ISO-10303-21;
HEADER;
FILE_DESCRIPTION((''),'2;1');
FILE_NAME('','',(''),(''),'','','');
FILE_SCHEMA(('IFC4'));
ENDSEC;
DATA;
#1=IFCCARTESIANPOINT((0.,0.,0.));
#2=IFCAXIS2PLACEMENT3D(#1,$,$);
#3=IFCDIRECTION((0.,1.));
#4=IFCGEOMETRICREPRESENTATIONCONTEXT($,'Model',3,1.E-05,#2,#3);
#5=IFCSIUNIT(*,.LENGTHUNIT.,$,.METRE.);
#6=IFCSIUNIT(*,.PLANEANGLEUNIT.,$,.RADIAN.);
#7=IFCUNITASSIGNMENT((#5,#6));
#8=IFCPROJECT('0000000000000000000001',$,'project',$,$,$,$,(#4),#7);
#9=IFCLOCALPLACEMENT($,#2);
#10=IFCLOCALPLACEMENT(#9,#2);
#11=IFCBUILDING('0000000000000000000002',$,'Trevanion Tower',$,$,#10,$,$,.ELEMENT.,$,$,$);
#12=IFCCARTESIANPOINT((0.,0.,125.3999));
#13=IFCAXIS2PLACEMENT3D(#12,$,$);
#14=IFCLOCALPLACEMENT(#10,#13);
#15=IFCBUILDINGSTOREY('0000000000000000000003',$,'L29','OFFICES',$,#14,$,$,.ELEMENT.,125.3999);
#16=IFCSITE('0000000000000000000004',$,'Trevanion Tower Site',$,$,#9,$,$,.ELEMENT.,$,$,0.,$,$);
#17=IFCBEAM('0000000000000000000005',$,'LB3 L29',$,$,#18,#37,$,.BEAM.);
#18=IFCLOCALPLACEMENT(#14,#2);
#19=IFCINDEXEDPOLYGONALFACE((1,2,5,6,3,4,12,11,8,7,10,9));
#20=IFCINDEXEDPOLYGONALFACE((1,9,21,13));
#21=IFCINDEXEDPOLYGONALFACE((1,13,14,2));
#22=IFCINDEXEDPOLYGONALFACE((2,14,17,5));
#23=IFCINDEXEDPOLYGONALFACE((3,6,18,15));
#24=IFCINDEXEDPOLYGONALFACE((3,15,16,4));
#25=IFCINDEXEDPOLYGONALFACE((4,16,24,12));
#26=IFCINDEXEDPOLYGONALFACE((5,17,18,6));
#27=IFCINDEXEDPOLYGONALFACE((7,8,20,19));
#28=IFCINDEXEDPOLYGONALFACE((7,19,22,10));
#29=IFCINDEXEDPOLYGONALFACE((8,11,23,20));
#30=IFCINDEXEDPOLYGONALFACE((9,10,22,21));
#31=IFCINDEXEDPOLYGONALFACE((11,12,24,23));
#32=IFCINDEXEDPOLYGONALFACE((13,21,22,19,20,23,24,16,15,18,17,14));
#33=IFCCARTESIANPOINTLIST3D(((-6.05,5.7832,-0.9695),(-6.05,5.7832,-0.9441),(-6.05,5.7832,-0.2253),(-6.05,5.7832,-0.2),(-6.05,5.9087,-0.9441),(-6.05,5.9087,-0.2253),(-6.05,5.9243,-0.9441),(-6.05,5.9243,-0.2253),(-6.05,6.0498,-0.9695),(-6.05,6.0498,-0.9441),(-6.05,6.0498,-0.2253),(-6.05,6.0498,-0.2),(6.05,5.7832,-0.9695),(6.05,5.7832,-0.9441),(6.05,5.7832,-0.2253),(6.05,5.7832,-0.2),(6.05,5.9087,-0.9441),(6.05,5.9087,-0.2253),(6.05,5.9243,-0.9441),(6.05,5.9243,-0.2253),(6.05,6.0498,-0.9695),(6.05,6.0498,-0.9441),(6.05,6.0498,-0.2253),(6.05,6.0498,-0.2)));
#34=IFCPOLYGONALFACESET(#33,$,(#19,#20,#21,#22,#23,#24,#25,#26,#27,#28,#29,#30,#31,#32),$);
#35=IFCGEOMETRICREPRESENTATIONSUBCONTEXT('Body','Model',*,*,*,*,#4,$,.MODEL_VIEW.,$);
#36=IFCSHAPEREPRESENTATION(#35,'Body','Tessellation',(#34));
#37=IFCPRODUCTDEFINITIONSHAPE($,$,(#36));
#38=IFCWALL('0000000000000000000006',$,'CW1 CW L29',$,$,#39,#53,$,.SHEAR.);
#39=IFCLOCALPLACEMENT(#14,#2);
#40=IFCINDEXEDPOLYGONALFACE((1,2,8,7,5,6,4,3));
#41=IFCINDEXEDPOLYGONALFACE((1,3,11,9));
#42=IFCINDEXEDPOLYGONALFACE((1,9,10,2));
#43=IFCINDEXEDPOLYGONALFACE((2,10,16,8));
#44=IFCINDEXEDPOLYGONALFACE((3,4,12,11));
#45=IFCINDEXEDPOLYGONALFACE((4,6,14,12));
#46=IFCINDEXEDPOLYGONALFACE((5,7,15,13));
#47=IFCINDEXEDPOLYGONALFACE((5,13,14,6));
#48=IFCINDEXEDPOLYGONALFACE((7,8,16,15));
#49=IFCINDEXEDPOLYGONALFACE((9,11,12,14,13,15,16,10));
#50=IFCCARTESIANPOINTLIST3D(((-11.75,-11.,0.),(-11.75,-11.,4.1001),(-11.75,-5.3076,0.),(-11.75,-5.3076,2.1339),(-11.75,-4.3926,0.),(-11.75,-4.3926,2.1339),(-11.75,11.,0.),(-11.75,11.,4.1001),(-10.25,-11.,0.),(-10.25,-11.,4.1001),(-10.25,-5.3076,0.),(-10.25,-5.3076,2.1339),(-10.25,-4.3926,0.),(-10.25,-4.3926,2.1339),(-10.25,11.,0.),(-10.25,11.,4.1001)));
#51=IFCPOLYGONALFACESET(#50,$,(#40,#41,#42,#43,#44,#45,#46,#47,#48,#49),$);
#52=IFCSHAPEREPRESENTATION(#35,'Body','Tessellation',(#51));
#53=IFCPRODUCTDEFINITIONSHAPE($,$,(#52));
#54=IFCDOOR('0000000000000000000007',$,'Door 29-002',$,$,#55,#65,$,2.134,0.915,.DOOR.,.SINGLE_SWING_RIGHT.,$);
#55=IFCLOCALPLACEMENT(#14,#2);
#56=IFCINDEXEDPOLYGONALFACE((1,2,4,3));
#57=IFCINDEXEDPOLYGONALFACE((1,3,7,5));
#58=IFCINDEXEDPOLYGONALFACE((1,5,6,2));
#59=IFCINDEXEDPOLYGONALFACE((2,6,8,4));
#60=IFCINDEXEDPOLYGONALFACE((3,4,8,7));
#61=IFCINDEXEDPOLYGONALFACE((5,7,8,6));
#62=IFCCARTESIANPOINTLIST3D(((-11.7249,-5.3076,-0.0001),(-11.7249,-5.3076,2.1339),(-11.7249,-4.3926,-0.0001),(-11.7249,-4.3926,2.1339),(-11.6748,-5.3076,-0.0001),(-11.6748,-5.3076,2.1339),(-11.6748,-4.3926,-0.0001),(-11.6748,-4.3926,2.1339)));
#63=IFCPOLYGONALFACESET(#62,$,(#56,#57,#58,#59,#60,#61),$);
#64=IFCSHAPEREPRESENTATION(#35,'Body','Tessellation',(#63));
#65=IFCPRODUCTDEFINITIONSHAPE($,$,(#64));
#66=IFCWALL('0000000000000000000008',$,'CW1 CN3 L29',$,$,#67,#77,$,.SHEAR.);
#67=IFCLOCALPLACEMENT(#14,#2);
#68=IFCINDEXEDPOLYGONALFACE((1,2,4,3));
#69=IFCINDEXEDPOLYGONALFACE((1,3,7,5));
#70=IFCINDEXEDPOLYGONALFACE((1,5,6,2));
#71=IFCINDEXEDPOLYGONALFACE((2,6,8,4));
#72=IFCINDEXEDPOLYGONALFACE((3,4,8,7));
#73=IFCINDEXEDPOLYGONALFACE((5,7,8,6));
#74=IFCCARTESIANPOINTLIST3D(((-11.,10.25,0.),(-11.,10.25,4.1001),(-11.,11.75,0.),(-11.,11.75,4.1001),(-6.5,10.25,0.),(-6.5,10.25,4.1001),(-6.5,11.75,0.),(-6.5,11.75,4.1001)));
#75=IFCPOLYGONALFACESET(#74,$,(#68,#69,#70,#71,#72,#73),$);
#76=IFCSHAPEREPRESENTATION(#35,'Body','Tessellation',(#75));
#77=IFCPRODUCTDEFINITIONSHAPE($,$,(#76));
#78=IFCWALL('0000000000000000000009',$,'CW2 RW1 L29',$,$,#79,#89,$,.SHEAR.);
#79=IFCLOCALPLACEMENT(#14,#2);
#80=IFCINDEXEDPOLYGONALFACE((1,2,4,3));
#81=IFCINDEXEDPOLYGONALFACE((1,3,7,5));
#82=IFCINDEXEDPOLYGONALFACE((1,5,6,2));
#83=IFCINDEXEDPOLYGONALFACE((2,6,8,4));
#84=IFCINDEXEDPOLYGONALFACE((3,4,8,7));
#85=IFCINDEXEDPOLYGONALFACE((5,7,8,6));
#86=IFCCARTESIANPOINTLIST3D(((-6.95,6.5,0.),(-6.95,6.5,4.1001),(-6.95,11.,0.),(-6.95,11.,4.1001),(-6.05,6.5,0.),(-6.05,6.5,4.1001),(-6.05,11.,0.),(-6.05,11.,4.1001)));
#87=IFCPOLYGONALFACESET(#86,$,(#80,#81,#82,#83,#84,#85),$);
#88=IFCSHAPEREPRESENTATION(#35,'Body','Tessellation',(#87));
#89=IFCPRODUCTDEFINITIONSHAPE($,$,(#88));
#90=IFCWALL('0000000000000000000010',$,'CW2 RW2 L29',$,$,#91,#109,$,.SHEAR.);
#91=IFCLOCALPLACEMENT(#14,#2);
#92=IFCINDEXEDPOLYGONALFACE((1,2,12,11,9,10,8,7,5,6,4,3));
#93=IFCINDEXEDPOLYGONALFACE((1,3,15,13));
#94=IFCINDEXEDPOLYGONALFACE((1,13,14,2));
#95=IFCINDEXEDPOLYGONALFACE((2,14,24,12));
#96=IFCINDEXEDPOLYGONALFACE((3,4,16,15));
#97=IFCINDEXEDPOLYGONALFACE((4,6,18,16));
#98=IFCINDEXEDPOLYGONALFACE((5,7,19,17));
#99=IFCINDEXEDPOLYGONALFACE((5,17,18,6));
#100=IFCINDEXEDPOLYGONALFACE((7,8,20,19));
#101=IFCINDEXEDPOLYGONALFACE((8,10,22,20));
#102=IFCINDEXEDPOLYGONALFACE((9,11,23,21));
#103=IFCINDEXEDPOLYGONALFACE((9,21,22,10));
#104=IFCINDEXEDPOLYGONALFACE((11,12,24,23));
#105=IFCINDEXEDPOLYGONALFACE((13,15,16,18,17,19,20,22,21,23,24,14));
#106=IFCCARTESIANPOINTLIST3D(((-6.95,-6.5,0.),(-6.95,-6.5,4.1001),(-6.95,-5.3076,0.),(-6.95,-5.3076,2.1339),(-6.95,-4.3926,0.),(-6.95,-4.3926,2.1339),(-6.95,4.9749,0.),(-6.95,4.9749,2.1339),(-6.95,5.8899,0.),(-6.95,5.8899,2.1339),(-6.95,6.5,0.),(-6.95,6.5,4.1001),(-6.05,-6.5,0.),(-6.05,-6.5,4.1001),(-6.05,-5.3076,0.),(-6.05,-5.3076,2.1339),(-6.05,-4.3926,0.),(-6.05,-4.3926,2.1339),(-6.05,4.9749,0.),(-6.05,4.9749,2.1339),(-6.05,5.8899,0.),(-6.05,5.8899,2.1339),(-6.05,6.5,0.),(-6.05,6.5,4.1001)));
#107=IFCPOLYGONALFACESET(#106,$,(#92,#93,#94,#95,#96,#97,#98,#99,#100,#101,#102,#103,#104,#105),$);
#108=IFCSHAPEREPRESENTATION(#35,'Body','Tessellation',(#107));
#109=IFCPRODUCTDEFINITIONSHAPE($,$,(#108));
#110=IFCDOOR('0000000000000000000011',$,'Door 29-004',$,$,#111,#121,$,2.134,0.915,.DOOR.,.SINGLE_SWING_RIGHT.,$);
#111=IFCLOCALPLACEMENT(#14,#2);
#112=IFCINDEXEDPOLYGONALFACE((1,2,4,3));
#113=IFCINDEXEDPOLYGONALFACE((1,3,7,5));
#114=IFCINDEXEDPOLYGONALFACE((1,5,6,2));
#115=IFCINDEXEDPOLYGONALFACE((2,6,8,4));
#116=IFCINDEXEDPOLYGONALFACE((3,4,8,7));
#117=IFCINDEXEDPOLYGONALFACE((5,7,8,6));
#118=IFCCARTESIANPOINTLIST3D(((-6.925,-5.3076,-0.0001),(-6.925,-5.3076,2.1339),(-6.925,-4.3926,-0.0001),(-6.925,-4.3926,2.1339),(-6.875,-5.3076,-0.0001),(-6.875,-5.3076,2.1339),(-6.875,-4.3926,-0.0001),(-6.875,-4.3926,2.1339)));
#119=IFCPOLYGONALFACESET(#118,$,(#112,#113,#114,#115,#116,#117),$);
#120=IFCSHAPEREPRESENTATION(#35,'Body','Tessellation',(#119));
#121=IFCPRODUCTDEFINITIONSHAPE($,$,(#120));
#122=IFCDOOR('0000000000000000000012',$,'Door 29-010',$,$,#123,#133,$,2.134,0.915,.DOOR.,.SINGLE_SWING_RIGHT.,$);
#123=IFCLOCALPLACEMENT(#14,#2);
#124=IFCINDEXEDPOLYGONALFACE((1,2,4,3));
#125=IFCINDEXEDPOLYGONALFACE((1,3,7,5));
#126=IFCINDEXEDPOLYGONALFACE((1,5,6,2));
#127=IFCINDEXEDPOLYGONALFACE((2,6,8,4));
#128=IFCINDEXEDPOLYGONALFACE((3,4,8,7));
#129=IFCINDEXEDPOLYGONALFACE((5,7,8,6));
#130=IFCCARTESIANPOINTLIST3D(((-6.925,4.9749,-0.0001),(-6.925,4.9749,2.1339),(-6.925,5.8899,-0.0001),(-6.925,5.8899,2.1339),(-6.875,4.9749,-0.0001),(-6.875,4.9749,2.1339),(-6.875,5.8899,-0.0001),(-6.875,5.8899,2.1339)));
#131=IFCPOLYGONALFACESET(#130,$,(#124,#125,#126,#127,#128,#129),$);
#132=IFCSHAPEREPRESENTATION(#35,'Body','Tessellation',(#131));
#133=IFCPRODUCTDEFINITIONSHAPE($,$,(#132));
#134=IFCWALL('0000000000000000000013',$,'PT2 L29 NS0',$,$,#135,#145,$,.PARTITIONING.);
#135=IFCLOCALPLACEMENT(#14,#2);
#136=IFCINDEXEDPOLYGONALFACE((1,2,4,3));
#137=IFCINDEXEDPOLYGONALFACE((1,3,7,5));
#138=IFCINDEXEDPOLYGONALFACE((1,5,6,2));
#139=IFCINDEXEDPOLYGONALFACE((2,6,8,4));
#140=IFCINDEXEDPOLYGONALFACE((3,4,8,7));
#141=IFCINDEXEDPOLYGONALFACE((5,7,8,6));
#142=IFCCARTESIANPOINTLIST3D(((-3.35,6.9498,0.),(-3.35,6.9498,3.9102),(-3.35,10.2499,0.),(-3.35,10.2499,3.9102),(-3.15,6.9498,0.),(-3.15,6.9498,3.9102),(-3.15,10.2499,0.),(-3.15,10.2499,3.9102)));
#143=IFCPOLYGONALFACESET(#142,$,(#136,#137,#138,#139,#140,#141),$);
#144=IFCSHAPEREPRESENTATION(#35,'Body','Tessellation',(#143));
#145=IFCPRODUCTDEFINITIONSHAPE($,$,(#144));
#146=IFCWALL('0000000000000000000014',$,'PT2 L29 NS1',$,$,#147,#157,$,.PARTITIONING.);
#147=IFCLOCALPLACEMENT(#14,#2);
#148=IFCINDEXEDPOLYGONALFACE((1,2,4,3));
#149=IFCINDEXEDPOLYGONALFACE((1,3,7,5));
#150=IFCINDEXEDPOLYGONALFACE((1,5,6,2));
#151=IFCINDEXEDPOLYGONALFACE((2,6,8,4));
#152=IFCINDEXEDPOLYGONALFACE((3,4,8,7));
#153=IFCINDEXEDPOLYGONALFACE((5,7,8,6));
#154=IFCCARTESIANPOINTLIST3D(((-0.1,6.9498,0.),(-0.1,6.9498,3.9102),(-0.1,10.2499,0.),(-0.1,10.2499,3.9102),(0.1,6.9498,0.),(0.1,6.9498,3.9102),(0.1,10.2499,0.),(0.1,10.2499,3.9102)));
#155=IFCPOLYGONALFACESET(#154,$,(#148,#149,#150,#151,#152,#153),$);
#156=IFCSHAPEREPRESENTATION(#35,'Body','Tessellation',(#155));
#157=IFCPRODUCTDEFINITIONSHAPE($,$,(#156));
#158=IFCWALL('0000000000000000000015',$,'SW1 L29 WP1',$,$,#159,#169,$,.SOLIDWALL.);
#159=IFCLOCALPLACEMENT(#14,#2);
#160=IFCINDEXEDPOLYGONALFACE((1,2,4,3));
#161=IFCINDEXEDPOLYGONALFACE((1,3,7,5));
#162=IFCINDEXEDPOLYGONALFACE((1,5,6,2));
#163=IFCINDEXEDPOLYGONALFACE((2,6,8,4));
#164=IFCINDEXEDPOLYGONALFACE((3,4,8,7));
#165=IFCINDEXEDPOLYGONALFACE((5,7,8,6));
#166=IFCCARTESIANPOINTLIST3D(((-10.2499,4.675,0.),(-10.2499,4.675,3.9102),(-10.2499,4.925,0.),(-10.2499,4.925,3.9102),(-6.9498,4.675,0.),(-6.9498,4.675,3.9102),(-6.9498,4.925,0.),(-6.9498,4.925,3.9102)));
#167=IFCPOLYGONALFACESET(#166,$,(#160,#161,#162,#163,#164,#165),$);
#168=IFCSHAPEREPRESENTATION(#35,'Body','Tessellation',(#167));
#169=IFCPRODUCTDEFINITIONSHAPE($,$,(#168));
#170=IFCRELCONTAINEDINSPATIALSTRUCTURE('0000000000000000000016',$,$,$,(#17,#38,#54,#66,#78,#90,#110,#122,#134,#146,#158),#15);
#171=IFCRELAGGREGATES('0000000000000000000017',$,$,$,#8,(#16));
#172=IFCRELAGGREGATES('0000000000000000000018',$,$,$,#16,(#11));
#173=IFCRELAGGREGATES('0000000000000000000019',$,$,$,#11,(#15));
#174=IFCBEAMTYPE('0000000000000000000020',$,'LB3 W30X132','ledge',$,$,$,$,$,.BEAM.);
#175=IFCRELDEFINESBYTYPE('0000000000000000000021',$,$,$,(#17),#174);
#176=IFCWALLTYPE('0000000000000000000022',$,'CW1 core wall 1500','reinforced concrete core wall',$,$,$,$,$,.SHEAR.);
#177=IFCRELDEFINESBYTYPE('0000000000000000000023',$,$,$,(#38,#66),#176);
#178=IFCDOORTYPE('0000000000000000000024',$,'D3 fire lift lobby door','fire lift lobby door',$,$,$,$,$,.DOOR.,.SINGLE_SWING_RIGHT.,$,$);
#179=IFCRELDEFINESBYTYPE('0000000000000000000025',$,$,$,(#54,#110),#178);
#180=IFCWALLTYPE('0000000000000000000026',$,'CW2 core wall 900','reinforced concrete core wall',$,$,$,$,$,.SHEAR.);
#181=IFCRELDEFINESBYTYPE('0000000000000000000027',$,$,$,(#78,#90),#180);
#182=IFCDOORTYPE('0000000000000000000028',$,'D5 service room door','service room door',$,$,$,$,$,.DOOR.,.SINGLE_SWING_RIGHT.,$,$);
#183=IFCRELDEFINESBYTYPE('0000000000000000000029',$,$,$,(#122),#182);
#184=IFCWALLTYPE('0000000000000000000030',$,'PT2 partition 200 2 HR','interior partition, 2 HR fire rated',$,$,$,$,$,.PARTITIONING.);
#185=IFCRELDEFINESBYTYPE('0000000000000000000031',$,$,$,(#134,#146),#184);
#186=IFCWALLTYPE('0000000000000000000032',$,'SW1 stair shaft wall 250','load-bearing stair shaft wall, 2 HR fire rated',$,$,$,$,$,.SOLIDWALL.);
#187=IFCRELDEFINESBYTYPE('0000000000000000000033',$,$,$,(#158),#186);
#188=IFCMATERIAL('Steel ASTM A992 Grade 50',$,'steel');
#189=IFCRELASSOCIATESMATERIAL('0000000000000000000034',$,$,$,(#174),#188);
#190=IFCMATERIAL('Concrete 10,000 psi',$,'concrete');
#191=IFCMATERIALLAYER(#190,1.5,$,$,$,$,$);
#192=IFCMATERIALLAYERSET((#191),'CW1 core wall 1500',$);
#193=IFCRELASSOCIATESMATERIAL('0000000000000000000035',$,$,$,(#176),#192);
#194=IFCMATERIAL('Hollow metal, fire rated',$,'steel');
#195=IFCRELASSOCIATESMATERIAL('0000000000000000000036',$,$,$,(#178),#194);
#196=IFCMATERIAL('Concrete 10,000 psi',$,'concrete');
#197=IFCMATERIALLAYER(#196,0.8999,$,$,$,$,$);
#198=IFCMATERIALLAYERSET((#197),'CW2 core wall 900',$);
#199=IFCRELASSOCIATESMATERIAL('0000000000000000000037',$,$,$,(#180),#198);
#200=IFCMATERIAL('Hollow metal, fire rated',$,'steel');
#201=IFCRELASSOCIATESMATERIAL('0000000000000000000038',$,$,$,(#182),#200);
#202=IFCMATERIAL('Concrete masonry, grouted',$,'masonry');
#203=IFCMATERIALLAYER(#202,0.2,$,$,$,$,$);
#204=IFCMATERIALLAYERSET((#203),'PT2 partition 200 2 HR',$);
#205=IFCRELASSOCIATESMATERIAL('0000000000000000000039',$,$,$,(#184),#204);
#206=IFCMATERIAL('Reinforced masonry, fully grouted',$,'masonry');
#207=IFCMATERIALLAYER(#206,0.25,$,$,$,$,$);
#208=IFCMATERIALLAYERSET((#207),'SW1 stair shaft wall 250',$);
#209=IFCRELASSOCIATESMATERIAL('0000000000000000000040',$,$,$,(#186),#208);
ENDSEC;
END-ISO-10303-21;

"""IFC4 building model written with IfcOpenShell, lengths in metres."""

from ifc_helpers import new_model, si_unit, direction, frame, frame_2d, origin, origin_2d, place, context, subcontext, project, spatial, rectangle, i_section, extrude, material, layer, layer_set, material_profile, profile_set, type_object, element, fill, save


model = new_model("IFC4")

# Units and contexts
model_context = context("Model", 3, precision=1e-05, world=origin(), true_north=direction((0.0, 1.0)))
body_context = subcontext(model_context, "Body", "Model", "MODEL_VIEW")
ifc_project = project(units=[si_unit("LENGTHUNIT", "METRE"), si_unit("PLANEANGLEUNIT", "RADIAN")], contexts=[model_context])

# Site, building, storey
site_placement = place(None, origin())
site = spatial("IfcSite", under=ifc_project, at=site_placement, Name="Trevanion Tower Site", CompositionType="ELEMENT", RefElevation=0.0)
building_placement = place(site_placement, origin())
building = spatial("IfcBuilding", under=site, at=building_placement, Name="Trevanion Tower", CompositionType="ELEMENT")
storey_placement = place(building_placement, frame((0.0, 0.0, 125.3999)))
storey = spatial("IfcBuildingStorey", under=building, at=storey_placement, Name="L29", Description="OFFICES", CompositionType="ELEMENT", Elevation=125.3999)

# Beam
ifc_material_1 = material(Name="Steel ASTM A992 Grade 50", Category="steel")
ifc_material_profile_1 = material_profile(ifc_material_1, i_section(OverallWidth=0.2666, OverallDepth=0.7695, WebThickness=0.0156, FlangeThickness=0.0254, at=origin_2d()), Name="W30X132")
ifc_profile_set_1 = profile_set([ifc_material_profile_1], Name="Steel ASTM A992 Grade 50")
beam_type_1 = type_object("IfcBeamType", Name="LB3 W30X132", Description="ledge", PredefinedType="BEAM", material=ifc_profile_set_1)
beam_1_placement = place(storey_placement, frame((-6.05, 5.9165, -0.5847), z_axis=(1.0, 0.0, 0.0), x_axis=(0.0, 1.0, 0.0)))
element("IfcBeam", 1, at=beam_1_placement, inside=storey, type_object=beam_type_1, Name="LB3 L29", PredefinedType="BEAM", context=body_context, shape_type="SweptSolid", body=[
    extrude(i_section(OverallWidth=0.2666, OverallDepth=0.7695, WebThickness=0.0156, FlangeThickness=0.0254, at=origin_2d()), origin(), (0.0, 0.0, 1.0), 12.1001),
])

# Wall, opening, door
ifc_material_2 = material(Name="Concrete 10,000 psi", Category="concrete")
ifc_layer_1 = layer(ifc_material_2, 1.5)
ifc_layer_set_1 = layer_set([ifc_layer_1], Name="CW1 core wall 1500")
wall_type_1 = type_object("IfcWallType", Name="CW1 core wall 1500", Description="reinforced concrete core wall", PredefinedType="SHEAR", material=ifc_layer_set_1)
wall_1_placement = place(storey_placement, frame((-11.0, 11.0, 0.0), z_axis=(0.0, 0.0, 1.0), x_axis=(0.0, -1.0, 0.0)))
wall_1 = element("IfcWall", 2, at=wall_1_placement, inside=storey, type_object=wall_type_1, Name="CW1 CW L29", PredefinedType="SHEAR", context=body_context, shape_type="SweptSolid", body=[
    extrude(rectangle(XDim=22.0, YDim=1.5, at=frame_2d((11.0, 0.0))), origin(), (0.0, 0.0, 1.0), 4.1001),
])
opening_1_placement = place(wall_1_placement, frame((15.3926, 0.0, 0.0)))
opening_1 = element("IfcOpeningElement", 3, at=opening_1_placement, cuts=wall_1, PredefinedType="OPENING", context=body_context, shape_type="SweptSolid", body=[
    extrude(rectangle(XDim=0.915, YDim=2.134, at=frame_2d((0.4575, 1.0669))), frame((0.0, 0.76, 0.0), z_axis=(0.0, -1.0, 0.0), x_axis=(1.0, 0.0, 0.0)), (0.0, 0.0, 1.0), 1.52),
])
ifc_material_3 = material(Name="Hollow metal, fire rated", Category="steel")
door_type_1 = type_object("IfcDoorType", Name="D3 fire lift lobby door", Description="fire lift lobby door", OperationType="SINGLE_SWING_RIGHT", PredefinedType="DOOR", material=ifc_material_3)
door_1_placement = place(opening_1_placement, origin())
door_1 = element("IfcDoor", 4, at=door_1_placement, inside=storey, type_object=door_type_1, Name="Door 29-002", OperationType="SINGLE_SWING_RIGHT", OverallHeight=2.134, OverallWidth=0.915, PredefinedType="DOOR", context=body_context, shape_type="SweptSolid", body=[
    extrude(rectangle(XDim=0.915, YDim=2.134, at=frame_2d((0.4575, 1.0669))), frame((0.0, -0.6748, 0.0), z_axis=(0.0, -1.0, 0.0), x_axis=(1.0, 0.0, 0.0)), (0.0, 0.0, 1.0), 0.05),
])
fill(opening_1, door_1)

# Walls
wall_2_placement = place(storey_placement, frame((-6.5, 11.0, 0.0), z_axis=(0.0, 0.0, 1.0), x_axis=(-1.0, 0.0, 0.0)))
element("IfcWall", 5, at=wall_2_placement, inside=storey, type_object=wall_type_1, Name="CW1 CN3 L29", PredefinedType="SHEAR", context=body_context, shape_type="SweptSolid", body=[
    extrude(rectangle(XDim=4.5, YDim=1.5, at=frame_2d((2.25, 0.0))), origin(), (0.0, 0.0, 1.0), 4.1001),
])
ifc_material_4 = material(Name="Concrete 10,000 psi", Category="concrete")
ifc_layer_2 = layer(ifc_material_4, 0.8999)
ifc_layer_set_2 = layer_set([ifc_layer_2], Name="CW2 core wall 900")
wall_type_2 = type_object("IfcWallType", Name="CW2 core wall 900", Description="reinforced concrete core wall", PredefinedType="SHEAR", material=ifc_layer_set_2)
wall_3_placement = place(storey_placement, frame((-6.5, 11.0, 0.0), z_axis=(0.0, 0.0, 1.0), x_axis=(0.0, -1.0, 0.0)))
element("IfcWall", 6, at=wall_3_placement, inside=storey, type_object=wall_type_2, Name="CW2 RW1 L29", PredefinedType="SHEAR", context=body_context, shape_type="SweptSolid", body=[
    extrude(rectangle(XDim=4.5, YDim=0.8999, at=frame_2d((2.25, 0.0))), origin(), (0.0, 0.0, 1.0), 4.1001),
])

# Wall, openings, doors
wall_4_placement = place(storey_placement, frame((-6.5, 6.5, 0.0), z_axis=(0.0, 0.0, 1.0), x_axis=(0.0, -1.0, 0.0)))
wall_4 = element("IfcWall", 7, at=wall_4_placement, inside=storey, type_object=wall_type_2, Name="CW2 RW2 L29", PredefinedType="SHEAR", context=body_context, shape_type="SweptSolid", body=[
    extrude(rectangle(XDim=13.0, YDim=0.8999, at=frame_2d((6.5, 0.0))), origin(), (0.0, 0.0, 1.0), 4.1001),
])
opening_2_placement = place(wall_4_placement, frame((10.8926, 0.0, 0.0)))
opening_2 = element("IfcOpeningElement", 8, at=opening_2_placement, cuts=wall_4, PredefinedType="OPENING", context=body_context, shape_type="SweptSolid", body=[
    extrude(rectangle(XDim=0.915, YDim=2.134, at=frame_2d((0.4575, 1.0669))), frame((0.0, 0.46, 0.0), z_axis=(0.0, -1.0, 0.0), x_axis=(1.0, 0.0, 0.0)), (0.0, 0.0, 1.0), 0.9199),
])
opening_3_placement = place(wall_4_placement, frame((0.6101, 0.0, 0.0)))
opening_3 = element("IfcOpeningElement", 9, at=opening_3_placement, cuts=wall_4, PredefinedType="OPENING", context=body_context, shape_type="SweptSolid", body=[
    extrude(rectangle(XDim=0.915, YDim=2.134, at=frame_2d((0.4575, 1.0669))), frame((0.0, 0.46, 0.0), z_axis=(0.0, -1.0, 0.0), x_axis=(1.0, 0.0, 0.0)), (0.0, 0.0, 1.0), 0.9199),
])
door_2_placement = place(opening_2_placement, origin())
door_2 = element("IfcDoor", 10, at=door_2_placement, inside=storey, type_object=door_type_1, Name="Door 29-004", OperationType="SINGLE_SWING_RIGHT", OverallHeight=2.134, OverallWidth=0.915, PredefinedType="DOOR", context=body_context, shape_type="SweptSolid", body=[
    extrude(rectangle(XDim=0.915, YDim=2.134, at=frame_2d((0.4575, 1.0669))), frame((0.0, -0.375, 0.0), z_axis=(0.0, -1.0, 0.0), x_axis=(1.0, 0.0, 0.0)), (0.0, 0.0, 1.0), 0.05),
])
fill(opening_2, door_2)
ifc_material_5 = material(Name="Hollow metal, fire rated", Category="steel")
door_type_2 = type_object("IfcDoorType", Name="D5 service room door", Description="service room door", OperationType="SINGLE_SWING_RIGHT", PredefinedType="DOOR", material=ifc_material_5)
door_3_placement = place(opening_3_placement, origin())
door_3 = element("IfcDoor", 11, at=door_3_placement, inside=storey, type_object=door_type_2, Name="Door 29-010", OperationType="SINGLE_SWING_RIGHT", OverallHeight=2.134, OverallWidth=0.915, PredefinedType="DOOR", context=body_context, shape_type="SweptSolid", body=[
    extrude(rectangle(XDim=0.915, YDim=2.134, at=frame_2d((0.4575, 1.0669))), frame((0.0, -0.375, 0.0), z_axis=(0.0, -1.0, 0.0), x_axis=(1.0, 0.0, 0.0)), (0.0, 0.0, 1.0), 0.05),
])
fill(opening_3, door_3)

# Walls
ifc_material_6 = material(Name="Concrete masonry, grouted", Category="masonry")
ifc_layer_3 = layer(ifc_material_6, 0.2)
ifc_layer_set_3 = layer_set([ifc_layer_3], Name="PT2 partition 200 2 HR")
wall_type_3 = type_object("IfcWallType", Name="PT2 partition 200 2 HR", Description="interior partition, 2 HR fire rated", PredefinedType="PARTITIONING", material=ifc_layer_set_3)
for number, where, z_axis, x_axis, name in (
    (12, (-3.25, 6.95, 0.0), (0.0, 0.0, 1.0), (0.0, 1.0, 0.0), "PT2 L29 NS0"),
    (13, (0.0, 6.95, 0.0), (0.0, 0.0, 1.0), (0.0, 1.0, 0.0), "PT2 L29 NS1"),
):
    element("IfcWall", number, at=place(storey_placement, frame(where, z_axis=z_axis, x_axis=x_axis)), inside=storey, type_object=wall_type_3, Name=name, PredefinedType="PARTITIONING", context=body_context, shape_type="SweptSolid", body=[
        extrude(rectangle(XDim=3.3, YDim=0.2, at=frame_2d((1.6499, 0.0))), origin(), (0.0, 0.0, 1.0), 3.9102),
    ])
ifc_material_7 = material(Name="Reinforced masonry, fully grouted", Category="masonry")
ifc_layer_4 = layer(ifc_material_7, 0.25)
ifc_layer_set_4 = layer_set([ifc_layer_4], Name="SW1 stair shaft wall 250")
wall_type_4 = type_object("IfcWallType", Name="SW1 stair shaft wall 250", Description="load-bearing stair shaft wall, 2 HR fire rated", PredefinedType="SOLIDWALL", material=ifc_layer_set_4)
wall_5_placement = place(storey_placement, frame((-6.95, 4.8, 0.0), z_axis=(0.0, 0.0, 1.0), x_axis=(-1.0, 0.0, 0.0)))
element("IfcWall", 14, at=wall_5_placement, inside=storey, type_object=wall_type_4, Name="SW1 L29 WP1", PredefinedType="SOLIDWALL", context=body_context, shape_type="SweptSolid", body=[
    extrude(rectangle(XDim=3.3, YDim=0.25, at=frame_2d((1.6499, 0.0))), origin(), (0.0, 0.0, 1.0), 3.9102),
])

save(model, "model.ifc")
